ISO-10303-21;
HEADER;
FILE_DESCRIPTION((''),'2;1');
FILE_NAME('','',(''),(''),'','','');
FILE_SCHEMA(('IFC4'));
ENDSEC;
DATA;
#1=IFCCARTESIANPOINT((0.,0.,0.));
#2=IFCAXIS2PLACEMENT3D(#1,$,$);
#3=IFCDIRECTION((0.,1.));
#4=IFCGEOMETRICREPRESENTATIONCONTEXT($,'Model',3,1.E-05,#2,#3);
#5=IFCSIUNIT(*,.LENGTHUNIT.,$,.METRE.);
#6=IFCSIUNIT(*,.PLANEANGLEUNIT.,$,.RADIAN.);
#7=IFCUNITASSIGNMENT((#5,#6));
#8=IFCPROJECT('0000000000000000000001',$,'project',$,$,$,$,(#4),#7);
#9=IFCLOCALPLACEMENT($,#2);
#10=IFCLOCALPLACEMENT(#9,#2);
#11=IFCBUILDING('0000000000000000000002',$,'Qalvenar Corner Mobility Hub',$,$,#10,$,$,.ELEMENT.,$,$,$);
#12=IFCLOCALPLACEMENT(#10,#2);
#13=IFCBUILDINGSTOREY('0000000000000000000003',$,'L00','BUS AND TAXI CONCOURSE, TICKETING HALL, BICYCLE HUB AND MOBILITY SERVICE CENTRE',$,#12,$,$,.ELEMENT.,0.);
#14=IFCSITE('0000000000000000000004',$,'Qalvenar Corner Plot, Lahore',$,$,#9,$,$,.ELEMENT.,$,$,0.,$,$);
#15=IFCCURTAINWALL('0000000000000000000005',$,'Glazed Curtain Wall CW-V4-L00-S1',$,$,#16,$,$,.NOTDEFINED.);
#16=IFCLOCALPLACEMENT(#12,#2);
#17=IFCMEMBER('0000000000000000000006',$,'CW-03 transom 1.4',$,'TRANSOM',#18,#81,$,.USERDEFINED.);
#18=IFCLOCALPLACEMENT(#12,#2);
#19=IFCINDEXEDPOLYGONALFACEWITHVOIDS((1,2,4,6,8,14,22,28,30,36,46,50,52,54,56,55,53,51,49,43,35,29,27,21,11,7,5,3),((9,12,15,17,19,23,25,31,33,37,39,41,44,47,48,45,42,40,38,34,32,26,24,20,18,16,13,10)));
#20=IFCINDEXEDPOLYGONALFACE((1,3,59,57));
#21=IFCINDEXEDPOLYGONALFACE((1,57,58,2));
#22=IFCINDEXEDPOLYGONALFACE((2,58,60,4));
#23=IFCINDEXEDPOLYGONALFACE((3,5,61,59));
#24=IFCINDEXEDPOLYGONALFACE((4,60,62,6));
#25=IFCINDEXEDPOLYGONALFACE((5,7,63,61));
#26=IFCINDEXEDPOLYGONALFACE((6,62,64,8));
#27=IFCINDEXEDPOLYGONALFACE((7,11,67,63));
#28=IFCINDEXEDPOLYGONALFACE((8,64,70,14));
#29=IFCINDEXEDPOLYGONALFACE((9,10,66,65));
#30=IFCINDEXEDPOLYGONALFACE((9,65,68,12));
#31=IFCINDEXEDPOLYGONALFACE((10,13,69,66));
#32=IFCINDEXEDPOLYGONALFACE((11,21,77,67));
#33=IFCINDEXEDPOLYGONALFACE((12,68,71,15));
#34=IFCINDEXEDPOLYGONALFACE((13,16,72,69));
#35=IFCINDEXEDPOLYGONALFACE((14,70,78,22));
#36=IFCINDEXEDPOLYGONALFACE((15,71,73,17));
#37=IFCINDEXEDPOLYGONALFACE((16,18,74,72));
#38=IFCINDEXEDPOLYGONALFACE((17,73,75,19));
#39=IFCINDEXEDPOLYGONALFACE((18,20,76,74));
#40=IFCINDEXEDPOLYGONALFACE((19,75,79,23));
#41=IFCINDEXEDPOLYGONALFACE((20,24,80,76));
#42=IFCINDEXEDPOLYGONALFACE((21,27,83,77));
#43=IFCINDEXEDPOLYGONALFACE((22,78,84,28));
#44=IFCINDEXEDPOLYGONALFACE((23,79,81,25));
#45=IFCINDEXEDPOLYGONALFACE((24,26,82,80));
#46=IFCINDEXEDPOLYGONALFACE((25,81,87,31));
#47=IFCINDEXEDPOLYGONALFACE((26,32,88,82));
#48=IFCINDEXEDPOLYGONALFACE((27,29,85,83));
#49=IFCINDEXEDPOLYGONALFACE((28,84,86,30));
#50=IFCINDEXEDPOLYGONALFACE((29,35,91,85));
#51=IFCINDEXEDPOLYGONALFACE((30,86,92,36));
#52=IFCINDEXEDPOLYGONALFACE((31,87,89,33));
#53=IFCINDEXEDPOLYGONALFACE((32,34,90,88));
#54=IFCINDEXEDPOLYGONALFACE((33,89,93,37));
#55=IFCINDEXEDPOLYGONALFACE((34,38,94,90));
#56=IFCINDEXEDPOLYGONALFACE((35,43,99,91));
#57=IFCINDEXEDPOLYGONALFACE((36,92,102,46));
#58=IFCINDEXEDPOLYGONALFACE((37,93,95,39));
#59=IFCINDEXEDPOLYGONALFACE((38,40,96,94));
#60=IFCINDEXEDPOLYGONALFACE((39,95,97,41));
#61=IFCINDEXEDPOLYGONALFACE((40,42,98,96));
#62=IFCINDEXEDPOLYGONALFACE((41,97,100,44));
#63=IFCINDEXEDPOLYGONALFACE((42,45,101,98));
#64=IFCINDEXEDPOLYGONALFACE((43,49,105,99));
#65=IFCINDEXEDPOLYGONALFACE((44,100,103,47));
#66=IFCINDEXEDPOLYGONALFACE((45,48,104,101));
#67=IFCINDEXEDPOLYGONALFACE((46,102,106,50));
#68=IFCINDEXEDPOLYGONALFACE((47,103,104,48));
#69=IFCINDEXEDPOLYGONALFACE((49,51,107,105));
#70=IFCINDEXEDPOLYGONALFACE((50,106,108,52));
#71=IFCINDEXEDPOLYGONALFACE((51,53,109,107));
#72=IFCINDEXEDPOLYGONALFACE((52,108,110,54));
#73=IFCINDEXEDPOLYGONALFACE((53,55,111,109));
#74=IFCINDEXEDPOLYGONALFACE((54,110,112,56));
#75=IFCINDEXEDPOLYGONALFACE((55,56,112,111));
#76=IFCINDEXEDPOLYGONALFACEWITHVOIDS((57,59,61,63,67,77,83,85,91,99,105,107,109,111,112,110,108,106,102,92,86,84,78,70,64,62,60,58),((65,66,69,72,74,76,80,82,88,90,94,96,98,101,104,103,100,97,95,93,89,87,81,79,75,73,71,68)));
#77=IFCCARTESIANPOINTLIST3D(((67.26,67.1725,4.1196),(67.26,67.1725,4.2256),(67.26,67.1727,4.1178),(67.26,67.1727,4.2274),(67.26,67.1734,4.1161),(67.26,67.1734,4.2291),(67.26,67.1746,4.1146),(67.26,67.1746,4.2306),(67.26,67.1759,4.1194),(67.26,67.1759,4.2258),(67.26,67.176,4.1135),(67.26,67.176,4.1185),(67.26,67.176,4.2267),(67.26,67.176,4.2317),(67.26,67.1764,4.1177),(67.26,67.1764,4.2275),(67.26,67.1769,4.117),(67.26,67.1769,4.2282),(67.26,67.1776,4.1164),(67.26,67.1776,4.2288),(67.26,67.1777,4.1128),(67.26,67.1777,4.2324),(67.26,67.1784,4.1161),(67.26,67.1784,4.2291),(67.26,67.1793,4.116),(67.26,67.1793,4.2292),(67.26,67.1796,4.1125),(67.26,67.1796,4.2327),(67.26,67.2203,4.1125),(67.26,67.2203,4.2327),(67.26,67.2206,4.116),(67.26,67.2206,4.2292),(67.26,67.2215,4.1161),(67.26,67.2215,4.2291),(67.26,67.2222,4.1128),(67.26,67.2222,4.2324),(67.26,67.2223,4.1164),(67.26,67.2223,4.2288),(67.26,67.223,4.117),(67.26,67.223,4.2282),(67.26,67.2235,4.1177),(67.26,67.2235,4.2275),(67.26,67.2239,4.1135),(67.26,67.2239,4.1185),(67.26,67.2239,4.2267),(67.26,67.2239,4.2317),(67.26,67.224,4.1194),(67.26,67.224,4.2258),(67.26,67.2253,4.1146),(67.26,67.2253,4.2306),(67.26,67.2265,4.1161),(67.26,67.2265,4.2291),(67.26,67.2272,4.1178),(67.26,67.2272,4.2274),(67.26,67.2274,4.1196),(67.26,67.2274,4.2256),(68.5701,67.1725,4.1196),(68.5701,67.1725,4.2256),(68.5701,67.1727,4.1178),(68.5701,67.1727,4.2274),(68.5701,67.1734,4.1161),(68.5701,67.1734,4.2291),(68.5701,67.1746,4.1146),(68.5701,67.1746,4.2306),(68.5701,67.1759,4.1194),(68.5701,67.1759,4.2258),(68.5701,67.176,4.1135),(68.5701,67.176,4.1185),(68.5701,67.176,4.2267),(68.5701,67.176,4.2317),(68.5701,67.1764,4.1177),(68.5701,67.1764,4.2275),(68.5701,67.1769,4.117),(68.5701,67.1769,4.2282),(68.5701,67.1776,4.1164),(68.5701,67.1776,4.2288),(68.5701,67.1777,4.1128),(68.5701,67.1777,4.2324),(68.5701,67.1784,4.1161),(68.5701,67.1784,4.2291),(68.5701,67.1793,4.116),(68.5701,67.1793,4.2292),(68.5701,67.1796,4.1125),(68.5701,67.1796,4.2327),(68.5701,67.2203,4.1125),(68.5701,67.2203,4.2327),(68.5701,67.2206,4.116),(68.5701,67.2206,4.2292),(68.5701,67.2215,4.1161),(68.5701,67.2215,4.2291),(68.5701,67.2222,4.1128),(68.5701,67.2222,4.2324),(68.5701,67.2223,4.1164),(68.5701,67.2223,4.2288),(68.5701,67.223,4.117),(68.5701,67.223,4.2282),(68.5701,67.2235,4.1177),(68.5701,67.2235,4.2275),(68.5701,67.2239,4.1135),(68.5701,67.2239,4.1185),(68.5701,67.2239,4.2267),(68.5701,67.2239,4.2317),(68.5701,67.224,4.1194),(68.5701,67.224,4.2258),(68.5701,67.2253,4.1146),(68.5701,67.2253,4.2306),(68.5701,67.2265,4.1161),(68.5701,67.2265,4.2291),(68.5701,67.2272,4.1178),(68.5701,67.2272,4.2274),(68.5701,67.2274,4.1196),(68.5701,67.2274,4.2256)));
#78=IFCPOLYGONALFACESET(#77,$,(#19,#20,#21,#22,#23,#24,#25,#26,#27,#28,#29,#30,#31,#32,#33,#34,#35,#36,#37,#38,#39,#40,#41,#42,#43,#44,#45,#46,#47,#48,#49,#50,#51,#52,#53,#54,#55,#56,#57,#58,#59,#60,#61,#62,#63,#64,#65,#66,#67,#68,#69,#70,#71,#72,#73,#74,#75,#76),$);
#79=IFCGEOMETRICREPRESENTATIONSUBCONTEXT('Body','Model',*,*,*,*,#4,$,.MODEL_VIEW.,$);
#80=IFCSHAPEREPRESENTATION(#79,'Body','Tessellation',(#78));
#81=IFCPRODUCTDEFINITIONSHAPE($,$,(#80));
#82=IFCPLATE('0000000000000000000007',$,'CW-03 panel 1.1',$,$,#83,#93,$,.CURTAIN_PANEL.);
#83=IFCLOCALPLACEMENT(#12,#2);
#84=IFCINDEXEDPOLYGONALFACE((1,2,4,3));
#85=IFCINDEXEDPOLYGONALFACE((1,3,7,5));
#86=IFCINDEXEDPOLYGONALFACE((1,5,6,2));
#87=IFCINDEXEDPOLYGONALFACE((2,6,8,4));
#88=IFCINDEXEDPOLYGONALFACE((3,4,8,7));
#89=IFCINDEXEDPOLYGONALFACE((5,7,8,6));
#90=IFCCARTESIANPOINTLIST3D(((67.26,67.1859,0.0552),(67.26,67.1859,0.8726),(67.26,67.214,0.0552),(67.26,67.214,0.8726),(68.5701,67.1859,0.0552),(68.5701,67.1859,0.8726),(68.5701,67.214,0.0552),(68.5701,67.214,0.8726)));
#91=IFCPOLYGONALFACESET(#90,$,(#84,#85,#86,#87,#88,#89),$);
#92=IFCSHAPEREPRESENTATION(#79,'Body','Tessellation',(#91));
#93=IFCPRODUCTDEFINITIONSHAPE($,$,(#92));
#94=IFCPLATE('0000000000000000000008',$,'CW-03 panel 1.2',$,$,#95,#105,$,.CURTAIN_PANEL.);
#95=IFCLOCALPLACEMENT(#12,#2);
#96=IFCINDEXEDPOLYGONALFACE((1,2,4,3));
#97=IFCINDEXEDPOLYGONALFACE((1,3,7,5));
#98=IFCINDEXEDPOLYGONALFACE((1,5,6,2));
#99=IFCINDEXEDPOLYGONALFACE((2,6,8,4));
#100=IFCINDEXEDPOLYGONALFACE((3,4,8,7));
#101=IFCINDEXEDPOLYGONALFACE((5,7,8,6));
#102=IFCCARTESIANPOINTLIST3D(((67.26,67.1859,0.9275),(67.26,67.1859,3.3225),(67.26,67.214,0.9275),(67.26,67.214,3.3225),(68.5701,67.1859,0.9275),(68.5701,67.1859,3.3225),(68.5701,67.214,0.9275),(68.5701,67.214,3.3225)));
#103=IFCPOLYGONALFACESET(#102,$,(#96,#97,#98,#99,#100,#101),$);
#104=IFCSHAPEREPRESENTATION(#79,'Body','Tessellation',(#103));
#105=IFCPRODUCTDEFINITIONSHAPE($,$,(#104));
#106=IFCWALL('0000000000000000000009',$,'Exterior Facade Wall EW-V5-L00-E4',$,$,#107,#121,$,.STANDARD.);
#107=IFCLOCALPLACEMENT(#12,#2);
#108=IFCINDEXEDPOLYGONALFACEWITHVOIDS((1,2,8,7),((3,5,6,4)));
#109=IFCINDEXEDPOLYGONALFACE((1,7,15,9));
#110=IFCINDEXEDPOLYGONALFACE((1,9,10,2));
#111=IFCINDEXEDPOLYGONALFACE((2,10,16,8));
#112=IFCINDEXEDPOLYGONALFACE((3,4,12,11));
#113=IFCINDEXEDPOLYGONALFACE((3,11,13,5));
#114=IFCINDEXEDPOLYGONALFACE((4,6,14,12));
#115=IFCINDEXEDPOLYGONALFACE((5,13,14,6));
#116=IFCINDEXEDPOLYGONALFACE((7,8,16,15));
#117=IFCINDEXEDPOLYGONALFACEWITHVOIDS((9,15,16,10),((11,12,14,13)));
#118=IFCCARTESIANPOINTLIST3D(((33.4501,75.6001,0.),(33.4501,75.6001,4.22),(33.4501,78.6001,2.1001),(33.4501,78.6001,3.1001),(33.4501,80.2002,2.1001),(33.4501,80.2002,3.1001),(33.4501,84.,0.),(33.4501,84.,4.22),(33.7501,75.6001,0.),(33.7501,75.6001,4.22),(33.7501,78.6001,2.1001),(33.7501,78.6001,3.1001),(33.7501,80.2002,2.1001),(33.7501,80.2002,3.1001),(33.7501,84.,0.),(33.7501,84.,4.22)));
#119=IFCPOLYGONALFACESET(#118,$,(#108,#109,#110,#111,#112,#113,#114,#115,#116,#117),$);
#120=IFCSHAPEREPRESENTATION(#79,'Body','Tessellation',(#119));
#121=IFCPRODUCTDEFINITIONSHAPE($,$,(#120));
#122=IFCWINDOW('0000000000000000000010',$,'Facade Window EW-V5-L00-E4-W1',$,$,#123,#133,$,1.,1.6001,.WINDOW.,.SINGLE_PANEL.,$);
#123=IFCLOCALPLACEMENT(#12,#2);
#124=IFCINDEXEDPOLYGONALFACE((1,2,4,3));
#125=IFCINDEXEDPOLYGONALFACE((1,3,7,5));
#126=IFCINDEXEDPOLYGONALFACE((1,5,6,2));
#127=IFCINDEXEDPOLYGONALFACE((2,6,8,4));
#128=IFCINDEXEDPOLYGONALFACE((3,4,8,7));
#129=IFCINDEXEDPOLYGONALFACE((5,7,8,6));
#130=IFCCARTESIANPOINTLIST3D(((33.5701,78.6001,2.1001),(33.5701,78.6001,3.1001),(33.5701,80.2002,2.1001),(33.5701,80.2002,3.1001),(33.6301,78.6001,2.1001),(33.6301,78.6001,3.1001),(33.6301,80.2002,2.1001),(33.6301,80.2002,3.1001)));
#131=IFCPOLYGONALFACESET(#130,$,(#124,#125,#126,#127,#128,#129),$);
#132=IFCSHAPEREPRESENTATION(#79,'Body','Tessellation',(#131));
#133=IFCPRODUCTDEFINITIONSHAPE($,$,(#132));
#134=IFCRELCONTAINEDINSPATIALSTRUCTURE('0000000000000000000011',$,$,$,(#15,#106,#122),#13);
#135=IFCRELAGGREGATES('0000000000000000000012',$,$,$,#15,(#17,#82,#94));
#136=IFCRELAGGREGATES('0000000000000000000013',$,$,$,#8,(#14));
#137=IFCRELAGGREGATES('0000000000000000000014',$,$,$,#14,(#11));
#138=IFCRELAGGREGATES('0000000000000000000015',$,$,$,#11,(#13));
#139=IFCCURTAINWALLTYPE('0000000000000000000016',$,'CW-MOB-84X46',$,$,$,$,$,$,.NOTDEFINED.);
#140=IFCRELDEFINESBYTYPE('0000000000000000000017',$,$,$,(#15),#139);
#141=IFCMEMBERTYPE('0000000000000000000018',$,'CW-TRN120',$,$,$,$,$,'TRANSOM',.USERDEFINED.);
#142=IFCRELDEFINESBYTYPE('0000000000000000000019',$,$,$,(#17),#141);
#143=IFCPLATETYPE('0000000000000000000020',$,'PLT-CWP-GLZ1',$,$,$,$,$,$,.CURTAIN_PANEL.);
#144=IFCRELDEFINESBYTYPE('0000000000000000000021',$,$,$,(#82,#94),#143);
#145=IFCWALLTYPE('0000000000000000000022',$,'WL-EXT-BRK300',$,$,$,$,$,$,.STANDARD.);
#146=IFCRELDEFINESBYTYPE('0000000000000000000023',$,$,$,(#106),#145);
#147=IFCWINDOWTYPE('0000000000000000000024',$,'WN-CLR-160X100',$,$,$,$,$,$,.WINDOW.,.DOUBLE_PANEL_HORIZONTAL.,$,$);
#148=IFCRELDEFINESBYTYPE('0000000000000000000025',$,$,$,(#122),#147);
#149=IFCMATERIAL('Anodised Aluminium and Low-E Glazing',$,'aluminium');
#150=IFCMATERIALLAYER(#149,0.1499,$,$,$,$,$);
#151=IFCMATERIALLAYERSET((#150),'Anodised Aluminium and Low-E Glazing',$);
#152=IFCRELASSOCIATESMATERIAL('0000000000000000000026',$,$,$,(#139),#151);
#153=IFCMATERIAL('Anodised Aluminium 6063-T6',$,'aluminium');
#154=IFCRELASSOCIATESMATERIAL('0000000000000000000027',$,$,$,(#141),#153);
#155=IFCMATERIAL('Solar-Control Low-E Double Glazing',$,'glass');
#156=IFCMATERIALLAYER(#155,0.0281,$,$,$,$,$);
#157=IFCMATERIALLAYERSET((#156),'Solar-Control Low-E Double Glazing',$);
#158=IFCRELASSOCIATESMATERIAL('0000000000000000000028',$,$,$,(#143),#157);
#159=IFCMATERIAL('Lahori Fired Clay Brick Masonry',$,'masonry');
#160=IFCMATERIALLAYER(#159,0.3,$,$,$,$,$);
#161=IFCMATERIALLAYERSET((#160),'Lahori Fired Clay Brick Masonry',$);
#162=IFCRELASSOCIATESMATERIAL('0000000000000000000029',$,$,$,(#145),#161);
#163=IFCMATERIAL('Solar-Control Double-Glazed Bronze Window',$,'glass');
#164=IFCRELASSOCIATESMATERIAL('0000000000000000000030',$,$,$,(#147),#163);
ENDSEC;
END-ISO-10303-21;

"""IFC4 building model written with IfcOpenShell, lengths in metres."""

from ifc_helpers import new_model, si_unit, direction, frame, frame_2d, origin, origin_2d, place, context, subcontext, project, spatial, rectangle, hollow_rectangle, extrude, material, layer, layer_set, material_profile, profile_set, type_object, element, fill, aggregate, save


model = new_model("IFC4")

# Units and contexts
model_context = context("Model", 3, precision=1e-05, world=origin(), true_north=direction((0.0, 1.0)))
body_context = subcontext(model_context, "Body", "Model", "MODEL_VIEW")
ifc_project = project(units=[si_unit("LENGTHUNIT", "METRE"), si_unit("PLANEANGLEUNIT", "RADIAN")], contexts=[model_context])

# Site, building, storey
site_placement = place(None, origin())
site = spatial("IfcSite", under=ifc_project, at=site_placement, Name="Qalvenar Corner Plot, Lahore", CompositionType="ELEMENT", RefElevation=0.0)
building_placement = place(site_placement, origin())
building = spatial("IfcBuilding", under=site, at=building_placement, Name="Qalvenar Corner Mobility Hub", CompositionType="ELEMENT")
storey_placement = place(building_placement, origin())
storey = spatial("IfcBuildingStorey", under=building, at=storey_placement, Name="L00", Description="BUS AND TAXI CONCOURSE, TICKETING HALL, BICYCLE HUB AND MOBILITY SERVICE CENTRE", CompositionType="ELEMENT", Elevation=0.0)

# Curtain wall, member, plates
ifc_material_1 = material(Name="Anodised Aluminium and Low-E Glazing", Category="aluminium")
ifc_layer_1 = layer(ifc_material_1, 0.1499)
ifc_layer_set_1 = layer_set([ifc_layer_1], Name="Anodised Aluminium and Low-E Glazing")
curtain_wall_type = type_object("IfcCurtainWallType", Name="CW-MOB-84X46", PredefinedType="NOTDEFINED", material=ifc_layer_set_1)
curtain_wall_placement = place(storey_placement, origin())
curtain_wall = element("IfcCurtainWall", 1, at=curtain_wall_placement, inside=storey, type_object=curtain_wall_type, Name="Glazed Curtain Wall CW-V4-L00-S1", PredefinedType="NOTDEFINED")
ifc_material_2 = material(Name="Anodised Aluminium 6063-T6", Category="aluminium")
ifc_material_profile_1 = material_profile(ifc_material_2, hollow_rectangle(XDim=0.0549, YDim=0.1201, WallThickness=0.0034, InnerFilletRadius=0.0034, OuterFilletRadius=0.0071, at=origin_2d()), Name="RHS120x55x3.5")
ifc_profile_set_1 = profile_set([ifc_material_profile_1], Name="Anodised Aluminium 6063-T6")
member_type_1 = type_object("IfcMemberType", Name="CW-TRN120", ElementType="TRANSOM", PredefinedType="USERDEFINED", material=ifc_profile_set_1)
member_1_placement = place(storey_placement, frame((67.26, 67.2, 4.1726), z_axis=(1.0, 0.0, 0.0), x_axis=(0.0, 1.0, 0.0)))
member_1 = element("IfcMember", 2, at=member_1_placement, type_object=member_type_1, Name="CW-03 transom 1.4", ObjectType="TRANSOM", PredefinedType="USERDEFINED", context=body_context, shape_type="SweptSolid", body=[
    extrude(hollow_rectangle(XDim=0.0549, YDim=0.1201, WallThickness=0.0034, InnerFilletRadius=0.0034, OuterFilletRadius=0.0071, at=origin_2d()), origin(), (0.0, 0.0, 1.0), 1.3101),
])
ifc_material_3 = material(Name="Solar-Control Low-E Double Glazing", Category="glass")
ifc_layer_2 = layer(ifc_material_3, 0.0281)
ifc_layer_set_2 = layer_set([ifc_layer_2], Name="Solar-Control Low-E Double Glazing")
plate_type = type_object("IfcPlateType", Name="PLT-CWP-GLZ1", PredefinedType="CURTAIN_PANEL", material=ifc_layer_set_2)
plate_1_placement = place(storey_placement, frame((67.915, 67.2, 0.0552), z_axis=(0.0, 0.0, 1.0), x_axis=(1.0, 0.0, 0.0)))
plate_1 = element("IfcPlate", 3, at=plate_1_placement, type_object=plate_type, Name="CW-03 panel 1.1", PredefinedType="CURTAIN_PANEL", context=body_context, shape_type="SweptSolid", body=[
    extrude(rectangle(XDim=1.3101, YDim=0.0281, at=origin_2d()), origin(), (0.0, 0.0, 1.0), 0.8174),
])
plate_2_placement = place(storey_placement, frame((67.915, 67.2, 0.9275), z_axis=(0.0, 0.0, 1.0), x_axis=(1.0, 0.0, 0.0)))
plate_2 = element("IfcPlate", 4, at=plate_2_placement, type_object=plate_type, Name="CW-03 panel 1.2", PredefinedType="CURTAIN_PANEL", context=body_context, shape_type="SweptSolid", body=[
    extrude(rectangle(XDim=1.3101, YDim=0.0281, at=origin_2d()), origin(), (0.0, 0.0, 1.0), 2.395),
])
aggregate(curtain_wall, [member_1, plate_1, plate_2])

# Wall, opening, window
ifc_material_4 = material(Name="Lahori Fired Clay Brick Masonry", Category="masonry")
ifc_layer_3 = layer(ifc_material_4, 0.3)
ifc_layer_set_3 = layer_set([ifc_layer_3], Name="Lahori Fired Clay Brick Masonry")
wall_type = type_object("IfcWallType", Name="WL-EXT-BRK300", PredefinedType="STANDARD", material=ifc_layer_set_3)
wall_placement = place(storey_placement, frame((33.6001, 75.6001, 0.0), z_axis=(0.0, 0.0, 1.0), x_axis=(0.0, 1.0, 0.0)))
wall = element("IfcWall", 5, at=wall_placement, inside=storey, type_object=wall_type, Name="Exterior Facade Wall EW-V5-L00-E4", PredefinedType="STANDARD", context=body_context, shape_type="SweptSolid", body=[
    extrude(rectangle(XDim=8.3999, YDim=0.3, at=frame_2d((4.2, 0.0))), origin(), (0.0, 0.0, 1.0), 4.22),
])
opening_placement = place(wall_placement, frame((3.0, 0.0, 2.1001)))
opening = element("IfcOpeningElement", 6, at=opening_placement, cuts=wall, PredefinedType="OPENING", context=body_context, shape_type="SweptSolid", body=[
    extrude(rectangle(XDim=1.6001, YDim=1.0, at=frame_2d((0.8, 0.5))), frame((0.0, 0.1602, 0.0), z_axis=(0.0, -1.0, 0.0), x_axis=(1.0, 0.0, 0.0)), (0.0, 0.0, 1.0), 0.3201),
])
ifc_material_5 = material(Name="Solar-Control Double-Glazed Bronze Window", Category="glass")
window_type = type_object("IfcWindowType", Name="WN-CLR-160X100", PartitioningType="DOUBLE_PANEL_HORIZONTAL", PredefinedType="WINDOW", material=ifc_material_5)
window_placement = place(opening_placement, origin())
window = element("IfcWindow", 7, at=window_placement, inside=storey, type_object=window_type, Name="Facade Window EW-V5-L00-E4-W1", OverallHeight=1.0, OverallWidth=1.6001, PartitioningType="SINGLE_PANEL", PredefinedType="WINDOW", context=body_context, shape_type="SweptSolid", body=[
    extrude(rectangle(XDim=1.6001, YDim=1.0, at=frame_2d((0.8, 0.5))), frame((0.0, 0.03, 0.0), z_axis=(0.0, -1.0, 0.0), x_axis=(1.0, 0.0, 0.0)), (0.0, 0.0, 1.0), 0.0601),
])
fill(opening, window)

save(model, "model.ifc")
